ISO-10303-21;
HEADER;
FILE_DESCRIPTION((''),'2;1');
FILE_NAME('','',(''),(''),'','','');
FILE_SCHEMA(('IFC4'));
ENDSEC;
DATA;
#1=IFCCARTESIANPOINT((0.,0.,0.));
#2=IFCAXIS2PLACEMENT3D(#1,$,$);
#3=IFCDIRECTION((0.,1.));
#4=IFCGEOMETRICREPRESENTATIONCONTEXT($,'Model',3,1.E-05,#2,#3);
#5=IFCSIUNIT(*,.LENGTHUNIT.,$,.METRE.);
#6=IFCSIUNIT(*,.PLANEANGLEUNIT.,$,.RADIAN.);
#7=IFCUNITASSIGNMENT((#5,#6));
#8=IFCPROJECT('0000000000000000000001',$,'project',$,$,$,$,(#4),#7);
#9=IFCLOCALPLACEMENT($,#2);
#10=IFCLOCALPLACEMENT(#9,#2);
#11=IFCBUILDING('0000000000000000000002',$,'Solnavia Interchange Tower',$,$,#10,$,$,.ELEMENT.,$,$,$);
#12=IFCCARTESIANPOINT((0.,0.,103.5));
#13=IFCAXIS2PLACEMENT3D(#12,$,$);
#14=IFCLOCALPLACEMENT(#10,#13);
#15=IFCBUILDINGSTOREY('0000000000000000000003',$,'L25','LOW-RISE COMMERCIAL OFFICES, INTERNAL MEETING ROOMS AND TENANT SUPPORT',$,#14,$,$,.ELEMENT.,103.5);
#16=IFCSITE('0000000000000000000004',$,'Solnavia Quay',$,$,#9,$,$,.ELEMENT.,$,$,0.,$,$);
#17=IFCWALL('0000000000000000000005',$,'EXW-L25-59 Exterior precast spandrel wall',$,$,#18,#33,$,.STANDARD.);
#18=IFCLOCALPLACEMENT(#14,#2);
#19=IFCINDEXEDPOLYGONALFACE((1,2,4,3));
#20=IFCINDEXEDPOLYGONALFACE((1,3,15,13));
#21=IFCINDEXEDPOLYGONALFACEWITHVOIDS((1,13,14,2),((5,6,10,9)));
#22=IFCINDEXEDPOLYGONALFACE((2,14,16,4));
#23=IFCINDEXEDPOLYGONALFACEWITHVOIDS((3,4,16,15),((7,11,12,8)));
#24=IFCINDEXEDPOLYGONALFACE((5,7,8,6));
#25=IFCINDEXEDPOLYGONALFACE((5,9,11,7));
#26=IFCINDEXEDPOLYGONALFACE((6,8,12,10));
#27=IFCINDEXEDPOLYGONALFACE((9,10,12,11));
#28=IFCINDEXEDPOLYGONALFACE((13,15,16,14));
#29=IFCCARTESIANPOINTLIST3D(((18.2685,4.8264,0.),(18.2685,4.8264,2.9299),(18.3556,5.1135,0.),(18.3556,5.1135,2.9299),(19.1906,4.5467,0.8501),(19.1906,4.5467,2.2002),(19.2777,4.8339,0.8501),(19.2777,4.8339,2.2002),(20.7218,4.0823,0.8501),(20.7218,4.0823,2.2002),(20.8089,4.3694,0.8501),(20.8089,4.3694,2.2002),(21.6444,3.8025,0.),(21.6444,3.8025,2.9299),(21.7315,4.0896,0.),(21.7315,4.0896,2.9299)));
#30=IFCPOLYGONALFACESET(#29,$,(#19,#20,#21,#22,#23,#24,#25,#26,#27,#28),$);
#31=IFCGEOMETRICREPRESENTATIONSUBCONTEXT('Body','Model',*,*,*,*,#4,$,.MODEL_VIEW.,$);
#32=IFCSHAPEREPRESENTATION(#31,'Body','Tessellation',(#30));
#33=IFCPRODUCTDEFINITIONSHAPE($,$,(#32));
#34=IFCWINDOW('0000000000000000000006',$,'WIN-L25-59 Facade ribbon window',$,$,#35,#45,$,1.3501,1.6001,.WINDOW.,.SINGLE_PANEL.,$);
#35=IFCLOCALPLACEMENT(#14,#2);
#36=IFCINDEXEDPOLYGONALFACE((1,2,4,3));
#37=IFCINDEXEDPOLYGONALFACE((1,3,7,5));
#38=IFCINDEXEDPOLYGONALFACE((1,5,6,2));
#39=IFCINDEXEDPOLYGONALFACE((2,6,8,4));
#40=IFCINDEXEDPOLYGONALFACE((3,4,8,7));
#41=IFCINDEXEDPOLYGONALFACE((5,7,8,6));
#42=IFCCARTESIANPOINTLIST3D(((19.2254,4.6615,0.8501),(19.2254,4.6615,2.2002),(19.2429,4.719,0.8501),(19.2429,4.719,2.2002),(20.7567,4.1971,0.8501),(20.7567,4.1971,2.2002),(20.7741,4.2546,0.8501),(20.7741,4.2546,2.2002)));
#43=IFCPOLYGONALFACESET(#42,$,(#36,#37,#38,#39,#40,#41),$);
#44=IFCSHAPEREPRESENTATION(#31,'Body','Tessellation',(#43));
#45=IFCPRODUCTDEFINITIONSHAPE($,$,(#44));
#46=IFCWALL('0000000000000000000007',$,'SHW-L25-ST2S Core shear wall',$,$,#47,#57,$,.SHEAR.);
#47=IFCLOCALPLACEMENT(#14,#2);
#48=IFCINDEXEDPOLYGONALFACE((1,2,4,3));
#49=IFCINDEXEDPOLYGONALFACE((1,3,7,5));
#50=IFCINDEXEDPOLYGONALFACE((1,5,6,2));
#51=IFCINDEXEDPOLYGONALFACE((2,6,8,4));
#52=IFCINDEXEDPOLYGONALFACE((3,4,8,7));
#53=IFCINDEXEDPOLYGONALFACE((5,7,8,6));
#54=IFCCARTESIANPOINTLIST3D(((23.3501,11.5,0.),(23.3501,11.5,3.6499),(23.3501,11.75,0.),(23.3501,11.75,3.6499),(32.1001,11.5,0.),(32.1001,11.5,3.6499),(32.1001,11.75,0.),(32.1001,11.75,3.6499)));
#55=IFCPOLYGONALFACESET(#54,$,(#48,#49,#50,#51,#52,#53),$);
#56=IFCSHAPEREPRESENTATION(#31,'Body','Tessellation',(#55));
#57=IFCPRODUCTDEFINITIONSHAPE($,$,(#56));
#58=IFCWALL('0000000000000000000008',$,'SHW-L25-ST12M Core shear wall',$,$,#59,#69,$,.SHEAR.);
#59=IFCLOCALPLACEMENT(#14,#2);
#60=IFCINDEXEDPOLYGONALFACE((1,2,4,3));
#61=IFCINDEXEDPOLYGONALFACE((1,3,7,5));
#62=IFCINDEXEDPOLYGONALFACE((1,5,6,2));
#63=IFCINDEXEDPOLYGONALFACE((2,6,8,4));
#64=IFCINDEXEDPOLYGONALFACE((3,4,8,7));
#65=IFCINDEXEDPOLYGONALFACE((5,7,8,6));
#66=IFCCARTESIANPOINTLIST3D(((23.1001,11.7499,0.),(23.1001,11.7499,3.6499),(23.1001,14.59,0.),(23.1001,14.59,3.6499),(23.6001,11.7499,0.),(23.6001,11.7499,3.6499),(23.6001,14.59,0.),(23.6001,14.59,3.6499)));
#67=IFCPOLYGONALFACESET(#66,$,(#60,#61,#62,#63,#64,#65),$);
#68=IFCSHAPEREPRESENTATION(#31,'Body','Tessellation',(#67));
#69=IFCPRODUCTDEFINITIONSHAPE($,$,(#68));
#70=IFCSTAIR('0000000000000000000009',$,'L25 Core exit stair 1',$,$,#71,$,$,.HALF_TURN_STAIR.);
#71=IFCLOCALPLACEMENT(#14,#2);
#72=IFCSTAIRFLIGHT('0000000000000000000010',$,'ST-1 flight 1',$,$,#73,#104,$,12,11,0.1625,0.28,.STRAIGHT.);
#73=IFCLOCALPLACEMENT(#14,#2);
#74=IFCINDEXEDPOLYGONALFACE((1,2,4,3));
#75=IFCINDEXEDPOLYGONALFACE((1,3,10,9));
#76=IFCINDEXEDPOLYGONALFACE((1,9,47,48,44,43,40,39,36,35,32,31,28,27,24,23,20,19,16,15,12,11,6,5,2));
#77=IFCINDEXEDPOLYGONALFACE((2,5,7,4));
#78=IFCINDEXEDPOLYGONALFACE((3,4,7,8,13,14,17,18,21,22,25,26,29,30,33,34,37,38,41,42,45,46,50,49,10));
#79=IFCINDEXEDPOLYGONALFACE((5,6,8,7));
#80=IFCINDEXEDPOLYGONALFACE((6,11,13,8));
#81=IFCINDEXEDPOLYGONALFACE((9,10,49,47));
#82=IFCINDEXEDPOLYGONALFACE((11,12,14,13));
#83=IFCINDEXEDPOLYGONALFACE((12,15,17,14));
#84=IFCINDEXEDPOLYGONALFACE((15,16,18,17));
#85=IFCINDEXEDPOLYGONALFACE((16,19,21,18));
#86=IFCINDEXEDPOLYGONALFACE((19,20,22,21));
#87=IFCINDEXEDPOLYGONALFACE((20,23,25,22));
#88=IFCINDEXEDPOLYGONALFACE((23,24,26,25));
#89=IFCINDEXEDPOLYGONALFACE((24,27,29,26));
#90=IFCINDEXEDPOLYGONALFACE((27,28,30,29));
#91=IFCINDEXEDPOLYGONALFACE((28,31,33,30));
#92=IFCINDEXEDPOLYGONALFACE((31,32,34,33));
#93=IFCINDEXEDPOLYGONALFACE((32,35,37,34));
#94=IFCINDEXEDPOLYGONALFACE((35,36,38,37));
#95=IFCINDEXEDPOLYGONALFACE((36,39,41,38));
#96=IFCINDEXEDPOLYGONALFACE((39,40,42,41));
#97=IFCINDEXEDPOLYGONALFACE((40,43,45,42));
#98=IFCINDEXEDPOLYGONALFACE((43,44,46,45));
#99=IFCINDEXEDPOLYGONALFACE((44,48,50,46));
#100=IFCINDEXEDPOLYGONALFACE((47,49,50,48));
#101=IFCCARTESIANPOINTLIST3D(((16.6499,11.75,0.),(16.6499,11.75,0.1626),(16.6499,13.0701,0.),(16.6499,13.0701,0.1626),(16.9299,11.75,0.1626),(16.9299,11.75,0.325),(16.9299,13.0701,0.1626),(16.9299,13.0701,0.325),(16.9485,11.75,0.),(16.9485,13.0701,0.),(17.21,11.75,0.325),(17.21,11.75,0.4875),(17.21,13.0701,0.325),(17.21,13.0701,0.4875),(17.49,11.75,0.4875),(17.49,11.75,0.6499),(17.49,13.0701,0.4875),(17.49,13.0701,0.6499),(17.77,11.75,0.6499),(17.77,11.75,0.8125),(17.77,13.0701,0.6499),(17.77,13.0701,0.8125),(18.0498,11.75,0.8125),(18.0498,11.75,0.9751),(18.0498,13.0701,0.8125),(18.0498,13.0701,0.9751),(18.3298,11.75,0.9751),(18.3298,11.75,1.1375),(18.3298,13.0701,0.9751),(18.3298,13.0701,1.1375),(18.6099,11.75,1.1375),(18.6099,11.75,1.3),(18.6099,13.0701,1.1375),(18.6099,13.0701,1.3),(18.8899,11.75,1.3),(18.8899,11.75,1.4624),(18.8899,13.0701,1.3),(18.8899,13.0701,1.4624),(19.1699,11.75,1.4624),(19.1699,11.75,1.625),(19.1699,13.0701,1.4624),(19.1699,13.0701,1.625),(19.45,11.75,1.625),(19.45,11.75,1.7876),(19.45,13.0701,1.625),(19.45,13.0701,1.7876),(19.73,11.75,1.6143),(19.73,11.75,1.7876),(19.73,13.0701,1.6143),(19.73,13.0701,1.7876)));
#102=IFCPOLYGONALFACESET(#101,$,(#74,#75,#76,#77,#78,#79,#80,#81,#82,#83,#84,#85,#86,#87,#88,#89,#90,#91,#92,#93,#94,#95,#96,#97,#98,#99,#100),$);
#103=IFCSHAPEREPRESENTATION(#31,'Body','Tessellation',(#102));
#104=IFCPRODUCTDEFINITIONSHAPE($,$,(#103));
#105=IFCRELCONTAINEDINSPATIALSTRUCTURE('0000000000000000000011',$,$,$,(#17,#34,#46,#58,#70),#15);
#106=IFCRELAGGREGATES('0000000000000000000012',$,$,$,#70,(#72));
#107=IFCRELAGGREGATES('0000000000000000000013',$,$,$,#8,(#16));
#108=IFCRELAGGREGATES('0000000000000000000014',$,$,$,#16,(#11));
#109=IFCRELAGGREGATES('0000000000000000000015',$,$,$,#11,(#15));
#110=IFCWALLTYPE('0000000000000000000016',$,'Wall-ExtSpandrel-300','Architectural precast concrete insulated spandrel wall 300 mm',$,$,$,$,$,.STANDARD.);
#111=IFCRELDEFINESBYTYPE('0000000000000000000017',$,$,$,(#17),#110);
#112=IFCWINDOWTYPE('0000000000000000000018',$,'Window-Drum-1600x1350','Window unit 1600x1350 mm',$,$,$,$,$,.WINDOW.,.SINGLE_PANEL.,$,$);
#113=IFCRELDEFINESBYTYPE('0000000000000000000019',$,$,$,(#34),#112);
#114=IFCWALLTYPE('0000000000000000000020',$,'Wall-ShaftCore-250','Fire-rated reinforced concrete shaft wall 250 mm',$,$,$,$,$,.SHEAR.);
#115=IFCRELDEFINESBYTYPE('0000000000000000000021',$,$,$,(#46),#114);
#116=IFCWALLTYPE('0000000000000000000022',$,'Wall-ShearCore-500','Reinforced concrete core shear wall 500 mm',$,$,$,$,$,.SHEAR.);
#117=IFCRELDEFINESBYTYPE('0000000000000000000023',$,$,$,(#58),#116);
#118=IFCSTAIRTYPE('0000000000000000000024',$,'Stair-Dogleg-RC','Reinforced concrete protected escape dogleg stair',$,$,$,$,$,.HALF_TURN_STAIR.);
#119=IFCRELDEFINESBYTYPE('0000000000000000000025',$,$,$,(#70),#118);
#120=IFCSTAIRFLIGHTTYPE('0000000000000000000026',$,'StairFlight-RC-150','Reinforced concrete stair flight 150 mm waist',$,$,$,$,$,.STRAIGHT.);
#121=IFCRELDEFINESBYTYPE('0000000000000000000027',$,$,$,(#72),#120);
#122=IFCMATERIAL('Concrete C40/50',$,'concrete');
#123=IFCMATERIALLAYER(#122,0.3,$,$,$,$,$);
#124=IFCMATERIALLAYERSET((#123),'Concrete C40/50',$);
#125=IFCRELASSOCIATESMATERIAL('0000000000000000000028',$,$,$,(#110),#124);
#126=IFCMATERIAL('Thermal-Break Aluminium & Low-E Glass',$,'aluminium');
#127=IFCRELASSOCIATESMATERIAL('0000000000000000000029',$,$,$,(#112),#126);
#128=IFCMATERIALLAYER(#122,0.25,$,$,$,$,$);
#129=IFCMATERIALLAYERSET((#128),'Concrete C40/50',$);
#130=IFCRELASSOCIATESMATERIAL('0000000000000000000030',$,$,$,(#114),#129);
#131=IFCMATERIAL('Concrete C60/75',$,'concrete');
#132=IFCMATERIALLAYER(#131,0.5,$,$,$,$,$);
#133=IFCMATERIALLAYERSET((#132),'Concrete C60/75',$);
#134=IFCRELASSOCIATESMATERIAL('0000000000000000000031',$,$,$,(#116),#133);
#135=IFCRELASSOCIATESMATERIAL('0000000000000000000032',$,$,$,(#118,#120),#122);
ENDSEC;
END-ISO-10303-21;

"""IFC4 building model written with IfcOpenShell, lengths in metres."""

from ifc_helpers import new_model, si_unit, direction, frame, frame_2d, origin, place, context, subcontext, project, spatial, polyline, rectangle, outline, extrude, material, layer, layer_set, type_object, element, fill, aggregate, save


model = new_model("IFC4")

# Units and contexts
model_context = context("Model", 3, precision=1e-05, world=origin(), true_north=direction((0.0, 1.0)))
body_context = subcontext(model_context, "Body", "Model", "MODEL_VIEW")
ifc_project = project(units=[si_unit("LENGTHUNIT", "METRE"), si_unit("PLANEANGLEUNIT", "RADIAN")], contexts=[model_context])

# Site, building, storey
site_placement = place(None, origin())
site = spatial("IfcSite", under=ifc_project, at=site_placement, Name="Solnavia Quay", CompositionType="ELEMENT", RefElevation=0.0)
building_placement = place(site_placement, origin())
building = spatial("IfcBuilding", under=site, at=building_placement, Name="Solnavia Interchange Tower", CompositionType="ELEMENT")
storey_placement = place(building_placement, frame((0.0, 0.0, 103.5)))
storey = spatial("IfcBuildingStorey", under=building, at=storey_placement, Name="L25", Description="LOW-RISE COMMERCIAL OFFICES, INTERNAL MEETING ROOMS AND TENANT SUPPORT", CompositionType="ELEMENT", Elevation=103.5)

# Shared definitions
ifc_material_1 = material(Name="Concrete C60/75", Category="concrete")

# Wall, opening, window
ifc_material_2 = material(Name="Concrete C40/50", Category="concrete")
ifc_layer_1 = layer(ifc_material_2, 0.3)
ifc_layer_set_1 = layer_set([ifc_layer_1], Name="Concrete C40/50")
wall_type_1 = type_object("IfcWallType", Name="Wall-ExtSpandrel-300", Description="Architectural precast concrete insulated spandrel wall 300 mm", PredefinedType="STANDARD", material=ifc_layer_set_1)
ifc_material_3 = material(Name="Thermal-Break Aluminium & Low-E Glass", Category="aluminium")
window_type = type_object("IfcWindowType", Name="Window-Drum-1600x1350", Description="Window unit 1600x1350 mm", PartitioningType="SINGLE_PANEL", PredefinedType="WINDOW", material=ifc_material_3)
wall_1_placement = place(storey_placement, frame((21.688, 3.946, 0.0), z_axis=(0.0, 0.0, 1.0), x_axis=(-0.956953, 0.290242, 0.0)))
wall_1 = element("IfcWall", 1, at=wall_1_placement, inside=storey, type_object=wall_type_1, Name="EXW-L25-59 Exterior precast spandrel wall", PredefinedType="STANDARD", context=body_context, shape_type="SweptSolid", body=[
    extrude(rectangle(XDim=3.5278, YDim=0.3, at=frame_2d((1.7639, 0.0))), origin(), (0.0, 0.0, 1.0), 2.9299),
])
opening_1_placement = place(wall_1_placement, frame((0.9641, 0.0, 0.8501)))
opening_1 = element("IfcOpeningElement", 2, at=opening_1_placement, cuts=wall_1, PredefinedType="OPENING", context=body_context, shape_type="SweptSolid", body=[
    extrude(rectangle(XDim=1.6001, YDim=1.3501, at=frame_2d((0.8, 0.675))), frame((0.0, 0.1602, 0.0), z_axis=(0.0, -1.0, 0.0), x_axis=(1.0, 0.0, 0.0)), (0.0, 0.0, 1.0), 0.3201),
])
window_1_placement = place(opening_1_placement, origin())
window_1 = element("IfcWindow", 3, at=window_1_placement, inside=storey, type_object=window_type, Name="WIN-L25-59 Facade ribbon window", OverallHeight=1.3501, OverallWidth=1.6001, PartitioningType="SINGLE_PANEL", PredefinedType="WINDOW", context=body_context, shape_type="SweptSolid", body=[
    extrude(rectangle(XDim=1.6001, YDim=1.3501, at=frame_2d((0.8, 0.675))), frame((0.0, 0.03, 0.0), z_axis=(0.0, -1.0, 0.0), x_axis=(1.0, 0.0, 0.0)), (0.0, 0.0, 1.0), 0.0601),
])
fill(opening_1, window_1)

# Walls
ifc_layer_2 = layer(ifc_material_2, 0.25)
ifc_layer_set_2 = layer_set([ifc_layer_2], Name="Concrete C40/50")
wall_type_2 = type_object("IfcWallType", Name="Wall-ShaftCore-250", Description="Fire-rated reinforced concrete shaft wall 250 mm", PredefinedType="SHEAR", material=ifc_layer_set_2)
wall_2_placement = place(storey_placement, frame((23.3501, 11.625, 0.0), z_axis=(0.0, 0.0, 1.0), x_axis=(1.0, 0.0, 0.0)))
element("IfcWall", 4, at=wall_2_placement, inside=storey, type_object=wall_type_2, Name="SHW-L25-ST2S Core shear wall", PredefinedType="SHEAR", context=body_context, shape_type="SweptSolid", body=[
    extrude(rectangle(XDim=8.75, YDim=0.25, at=frame_2d((4.375, 0.0))), origin(), (0.0, 0.0, 1.0), 3.6499),
])
ifc_layer_3 = layer(ifc_material_1, 0.5)
ifc_layer_set_3 = layer_set([ifc_layer_3], Name="Concrete C60/75")
wall_type_3 = type_object("IfcWallType", Name="Wall-ShearCore-500", Description="Reinforced concrete core shear wall 500 mm", PredefinedType="SHEAR", material=ifc_layer_set_3)
wall_3_placement = place(storey_placement, frame((23.3501, 11.75, 0.0), z_axis=(0.0, 0.0, 1.0), x_axis=(0.0, 1.0, 0.0)))
element("IfcWall", 5, at=wall_3_placement, inside=storey, type_object=wall_type_3, Name="SHW-L25-ST12M Core shear wall", PredefinedType="SHEAR", context=body_context, shape_type="SweptSolid", body=[
    extrude(rectangle(XDim=2.8401, YDim=0.5, at=frame_2d((1.4199, 0.0))), origin(), (0.0, 0.0, 1.0), 3.6499),
])

# Stair, stair flight
stair_type = type_object("IfcStairType", Name="Stair-Dogleg-RC", Description="Reinforced concrete protected escape dogleg stair", PredefinedType="HALF_TURN_STAIR", material=ifc_material_2)
stair_placement = place(storey_placement, origin())
stair = element("IfcStair", 6, at=stair_placement, inside=storey, type_object=stair_type, Name="L25 Core exit stair 1", PredefinedType="HALF_TURN_STAIR")
stair_flight_type = type_object("IfcStairFlightType", Name="StairFlight-RC-150", Description="Reinforced concrete stair flight 150 mm waist", PredefinedType="STRAIGHT", material=ifc_material_2)
stair_flight_placement = place(storey_placement, frame((16.6499, 12.4099, 0.0), z_axis=(0.0, 0.0, 1.0), x_axis=(1.0, 0.0, 0.0)))
stair_flight = element("IfcStairFlight", 7, at=stair_flight_placement, type_object=stair_flight_type, Name="ST-1 flight 1", NumberOfRisers=12, NumberOfTreads=11, PredefinedType="STRAIGHT", RiserHeight=0.1625, TreadLength=0.28, context=body_context, shape_type="SweptSolid", body=[
    extrude(outline(polyline([(0.0, 0.0), (0.0, 0.1626), (0.28, 0.1626), (0.28, 0.325), (0.5601, 0.325), (0.5601, 0.4875), (0.8401, 0.4875), (0.8401, 0.6499), (1.1201, 0.6499), (1.1201, 0.8125), (1.3999, 0.8125), (1.3999, 0.9751), (1.6799, 0.9751), (1.6799, 1.1375), (1.96, 1.1375), (1.96, 1.3), (2.24, 1.3), (2.24, 1.4624), (2.52, 1.4624), (2.52, 1.625), (2.8, 1.625), (2.8, 1.7876), (3.0801, 1.7876), (3.0801, 1.95), (3.0801, 1.6143), (0.2986, 0.0), (0.0, 0.0)])), frame((0.0, 0.6602, 0.0), z_axis=(0.0, -1.0, 0.0), x_axis=(1.0, 0.0, 0.0)), (0.0, 0.0, 1.0), 1.3201),
])
aggregate(stair, [stair_flight])

save(model, "model.ifc")
